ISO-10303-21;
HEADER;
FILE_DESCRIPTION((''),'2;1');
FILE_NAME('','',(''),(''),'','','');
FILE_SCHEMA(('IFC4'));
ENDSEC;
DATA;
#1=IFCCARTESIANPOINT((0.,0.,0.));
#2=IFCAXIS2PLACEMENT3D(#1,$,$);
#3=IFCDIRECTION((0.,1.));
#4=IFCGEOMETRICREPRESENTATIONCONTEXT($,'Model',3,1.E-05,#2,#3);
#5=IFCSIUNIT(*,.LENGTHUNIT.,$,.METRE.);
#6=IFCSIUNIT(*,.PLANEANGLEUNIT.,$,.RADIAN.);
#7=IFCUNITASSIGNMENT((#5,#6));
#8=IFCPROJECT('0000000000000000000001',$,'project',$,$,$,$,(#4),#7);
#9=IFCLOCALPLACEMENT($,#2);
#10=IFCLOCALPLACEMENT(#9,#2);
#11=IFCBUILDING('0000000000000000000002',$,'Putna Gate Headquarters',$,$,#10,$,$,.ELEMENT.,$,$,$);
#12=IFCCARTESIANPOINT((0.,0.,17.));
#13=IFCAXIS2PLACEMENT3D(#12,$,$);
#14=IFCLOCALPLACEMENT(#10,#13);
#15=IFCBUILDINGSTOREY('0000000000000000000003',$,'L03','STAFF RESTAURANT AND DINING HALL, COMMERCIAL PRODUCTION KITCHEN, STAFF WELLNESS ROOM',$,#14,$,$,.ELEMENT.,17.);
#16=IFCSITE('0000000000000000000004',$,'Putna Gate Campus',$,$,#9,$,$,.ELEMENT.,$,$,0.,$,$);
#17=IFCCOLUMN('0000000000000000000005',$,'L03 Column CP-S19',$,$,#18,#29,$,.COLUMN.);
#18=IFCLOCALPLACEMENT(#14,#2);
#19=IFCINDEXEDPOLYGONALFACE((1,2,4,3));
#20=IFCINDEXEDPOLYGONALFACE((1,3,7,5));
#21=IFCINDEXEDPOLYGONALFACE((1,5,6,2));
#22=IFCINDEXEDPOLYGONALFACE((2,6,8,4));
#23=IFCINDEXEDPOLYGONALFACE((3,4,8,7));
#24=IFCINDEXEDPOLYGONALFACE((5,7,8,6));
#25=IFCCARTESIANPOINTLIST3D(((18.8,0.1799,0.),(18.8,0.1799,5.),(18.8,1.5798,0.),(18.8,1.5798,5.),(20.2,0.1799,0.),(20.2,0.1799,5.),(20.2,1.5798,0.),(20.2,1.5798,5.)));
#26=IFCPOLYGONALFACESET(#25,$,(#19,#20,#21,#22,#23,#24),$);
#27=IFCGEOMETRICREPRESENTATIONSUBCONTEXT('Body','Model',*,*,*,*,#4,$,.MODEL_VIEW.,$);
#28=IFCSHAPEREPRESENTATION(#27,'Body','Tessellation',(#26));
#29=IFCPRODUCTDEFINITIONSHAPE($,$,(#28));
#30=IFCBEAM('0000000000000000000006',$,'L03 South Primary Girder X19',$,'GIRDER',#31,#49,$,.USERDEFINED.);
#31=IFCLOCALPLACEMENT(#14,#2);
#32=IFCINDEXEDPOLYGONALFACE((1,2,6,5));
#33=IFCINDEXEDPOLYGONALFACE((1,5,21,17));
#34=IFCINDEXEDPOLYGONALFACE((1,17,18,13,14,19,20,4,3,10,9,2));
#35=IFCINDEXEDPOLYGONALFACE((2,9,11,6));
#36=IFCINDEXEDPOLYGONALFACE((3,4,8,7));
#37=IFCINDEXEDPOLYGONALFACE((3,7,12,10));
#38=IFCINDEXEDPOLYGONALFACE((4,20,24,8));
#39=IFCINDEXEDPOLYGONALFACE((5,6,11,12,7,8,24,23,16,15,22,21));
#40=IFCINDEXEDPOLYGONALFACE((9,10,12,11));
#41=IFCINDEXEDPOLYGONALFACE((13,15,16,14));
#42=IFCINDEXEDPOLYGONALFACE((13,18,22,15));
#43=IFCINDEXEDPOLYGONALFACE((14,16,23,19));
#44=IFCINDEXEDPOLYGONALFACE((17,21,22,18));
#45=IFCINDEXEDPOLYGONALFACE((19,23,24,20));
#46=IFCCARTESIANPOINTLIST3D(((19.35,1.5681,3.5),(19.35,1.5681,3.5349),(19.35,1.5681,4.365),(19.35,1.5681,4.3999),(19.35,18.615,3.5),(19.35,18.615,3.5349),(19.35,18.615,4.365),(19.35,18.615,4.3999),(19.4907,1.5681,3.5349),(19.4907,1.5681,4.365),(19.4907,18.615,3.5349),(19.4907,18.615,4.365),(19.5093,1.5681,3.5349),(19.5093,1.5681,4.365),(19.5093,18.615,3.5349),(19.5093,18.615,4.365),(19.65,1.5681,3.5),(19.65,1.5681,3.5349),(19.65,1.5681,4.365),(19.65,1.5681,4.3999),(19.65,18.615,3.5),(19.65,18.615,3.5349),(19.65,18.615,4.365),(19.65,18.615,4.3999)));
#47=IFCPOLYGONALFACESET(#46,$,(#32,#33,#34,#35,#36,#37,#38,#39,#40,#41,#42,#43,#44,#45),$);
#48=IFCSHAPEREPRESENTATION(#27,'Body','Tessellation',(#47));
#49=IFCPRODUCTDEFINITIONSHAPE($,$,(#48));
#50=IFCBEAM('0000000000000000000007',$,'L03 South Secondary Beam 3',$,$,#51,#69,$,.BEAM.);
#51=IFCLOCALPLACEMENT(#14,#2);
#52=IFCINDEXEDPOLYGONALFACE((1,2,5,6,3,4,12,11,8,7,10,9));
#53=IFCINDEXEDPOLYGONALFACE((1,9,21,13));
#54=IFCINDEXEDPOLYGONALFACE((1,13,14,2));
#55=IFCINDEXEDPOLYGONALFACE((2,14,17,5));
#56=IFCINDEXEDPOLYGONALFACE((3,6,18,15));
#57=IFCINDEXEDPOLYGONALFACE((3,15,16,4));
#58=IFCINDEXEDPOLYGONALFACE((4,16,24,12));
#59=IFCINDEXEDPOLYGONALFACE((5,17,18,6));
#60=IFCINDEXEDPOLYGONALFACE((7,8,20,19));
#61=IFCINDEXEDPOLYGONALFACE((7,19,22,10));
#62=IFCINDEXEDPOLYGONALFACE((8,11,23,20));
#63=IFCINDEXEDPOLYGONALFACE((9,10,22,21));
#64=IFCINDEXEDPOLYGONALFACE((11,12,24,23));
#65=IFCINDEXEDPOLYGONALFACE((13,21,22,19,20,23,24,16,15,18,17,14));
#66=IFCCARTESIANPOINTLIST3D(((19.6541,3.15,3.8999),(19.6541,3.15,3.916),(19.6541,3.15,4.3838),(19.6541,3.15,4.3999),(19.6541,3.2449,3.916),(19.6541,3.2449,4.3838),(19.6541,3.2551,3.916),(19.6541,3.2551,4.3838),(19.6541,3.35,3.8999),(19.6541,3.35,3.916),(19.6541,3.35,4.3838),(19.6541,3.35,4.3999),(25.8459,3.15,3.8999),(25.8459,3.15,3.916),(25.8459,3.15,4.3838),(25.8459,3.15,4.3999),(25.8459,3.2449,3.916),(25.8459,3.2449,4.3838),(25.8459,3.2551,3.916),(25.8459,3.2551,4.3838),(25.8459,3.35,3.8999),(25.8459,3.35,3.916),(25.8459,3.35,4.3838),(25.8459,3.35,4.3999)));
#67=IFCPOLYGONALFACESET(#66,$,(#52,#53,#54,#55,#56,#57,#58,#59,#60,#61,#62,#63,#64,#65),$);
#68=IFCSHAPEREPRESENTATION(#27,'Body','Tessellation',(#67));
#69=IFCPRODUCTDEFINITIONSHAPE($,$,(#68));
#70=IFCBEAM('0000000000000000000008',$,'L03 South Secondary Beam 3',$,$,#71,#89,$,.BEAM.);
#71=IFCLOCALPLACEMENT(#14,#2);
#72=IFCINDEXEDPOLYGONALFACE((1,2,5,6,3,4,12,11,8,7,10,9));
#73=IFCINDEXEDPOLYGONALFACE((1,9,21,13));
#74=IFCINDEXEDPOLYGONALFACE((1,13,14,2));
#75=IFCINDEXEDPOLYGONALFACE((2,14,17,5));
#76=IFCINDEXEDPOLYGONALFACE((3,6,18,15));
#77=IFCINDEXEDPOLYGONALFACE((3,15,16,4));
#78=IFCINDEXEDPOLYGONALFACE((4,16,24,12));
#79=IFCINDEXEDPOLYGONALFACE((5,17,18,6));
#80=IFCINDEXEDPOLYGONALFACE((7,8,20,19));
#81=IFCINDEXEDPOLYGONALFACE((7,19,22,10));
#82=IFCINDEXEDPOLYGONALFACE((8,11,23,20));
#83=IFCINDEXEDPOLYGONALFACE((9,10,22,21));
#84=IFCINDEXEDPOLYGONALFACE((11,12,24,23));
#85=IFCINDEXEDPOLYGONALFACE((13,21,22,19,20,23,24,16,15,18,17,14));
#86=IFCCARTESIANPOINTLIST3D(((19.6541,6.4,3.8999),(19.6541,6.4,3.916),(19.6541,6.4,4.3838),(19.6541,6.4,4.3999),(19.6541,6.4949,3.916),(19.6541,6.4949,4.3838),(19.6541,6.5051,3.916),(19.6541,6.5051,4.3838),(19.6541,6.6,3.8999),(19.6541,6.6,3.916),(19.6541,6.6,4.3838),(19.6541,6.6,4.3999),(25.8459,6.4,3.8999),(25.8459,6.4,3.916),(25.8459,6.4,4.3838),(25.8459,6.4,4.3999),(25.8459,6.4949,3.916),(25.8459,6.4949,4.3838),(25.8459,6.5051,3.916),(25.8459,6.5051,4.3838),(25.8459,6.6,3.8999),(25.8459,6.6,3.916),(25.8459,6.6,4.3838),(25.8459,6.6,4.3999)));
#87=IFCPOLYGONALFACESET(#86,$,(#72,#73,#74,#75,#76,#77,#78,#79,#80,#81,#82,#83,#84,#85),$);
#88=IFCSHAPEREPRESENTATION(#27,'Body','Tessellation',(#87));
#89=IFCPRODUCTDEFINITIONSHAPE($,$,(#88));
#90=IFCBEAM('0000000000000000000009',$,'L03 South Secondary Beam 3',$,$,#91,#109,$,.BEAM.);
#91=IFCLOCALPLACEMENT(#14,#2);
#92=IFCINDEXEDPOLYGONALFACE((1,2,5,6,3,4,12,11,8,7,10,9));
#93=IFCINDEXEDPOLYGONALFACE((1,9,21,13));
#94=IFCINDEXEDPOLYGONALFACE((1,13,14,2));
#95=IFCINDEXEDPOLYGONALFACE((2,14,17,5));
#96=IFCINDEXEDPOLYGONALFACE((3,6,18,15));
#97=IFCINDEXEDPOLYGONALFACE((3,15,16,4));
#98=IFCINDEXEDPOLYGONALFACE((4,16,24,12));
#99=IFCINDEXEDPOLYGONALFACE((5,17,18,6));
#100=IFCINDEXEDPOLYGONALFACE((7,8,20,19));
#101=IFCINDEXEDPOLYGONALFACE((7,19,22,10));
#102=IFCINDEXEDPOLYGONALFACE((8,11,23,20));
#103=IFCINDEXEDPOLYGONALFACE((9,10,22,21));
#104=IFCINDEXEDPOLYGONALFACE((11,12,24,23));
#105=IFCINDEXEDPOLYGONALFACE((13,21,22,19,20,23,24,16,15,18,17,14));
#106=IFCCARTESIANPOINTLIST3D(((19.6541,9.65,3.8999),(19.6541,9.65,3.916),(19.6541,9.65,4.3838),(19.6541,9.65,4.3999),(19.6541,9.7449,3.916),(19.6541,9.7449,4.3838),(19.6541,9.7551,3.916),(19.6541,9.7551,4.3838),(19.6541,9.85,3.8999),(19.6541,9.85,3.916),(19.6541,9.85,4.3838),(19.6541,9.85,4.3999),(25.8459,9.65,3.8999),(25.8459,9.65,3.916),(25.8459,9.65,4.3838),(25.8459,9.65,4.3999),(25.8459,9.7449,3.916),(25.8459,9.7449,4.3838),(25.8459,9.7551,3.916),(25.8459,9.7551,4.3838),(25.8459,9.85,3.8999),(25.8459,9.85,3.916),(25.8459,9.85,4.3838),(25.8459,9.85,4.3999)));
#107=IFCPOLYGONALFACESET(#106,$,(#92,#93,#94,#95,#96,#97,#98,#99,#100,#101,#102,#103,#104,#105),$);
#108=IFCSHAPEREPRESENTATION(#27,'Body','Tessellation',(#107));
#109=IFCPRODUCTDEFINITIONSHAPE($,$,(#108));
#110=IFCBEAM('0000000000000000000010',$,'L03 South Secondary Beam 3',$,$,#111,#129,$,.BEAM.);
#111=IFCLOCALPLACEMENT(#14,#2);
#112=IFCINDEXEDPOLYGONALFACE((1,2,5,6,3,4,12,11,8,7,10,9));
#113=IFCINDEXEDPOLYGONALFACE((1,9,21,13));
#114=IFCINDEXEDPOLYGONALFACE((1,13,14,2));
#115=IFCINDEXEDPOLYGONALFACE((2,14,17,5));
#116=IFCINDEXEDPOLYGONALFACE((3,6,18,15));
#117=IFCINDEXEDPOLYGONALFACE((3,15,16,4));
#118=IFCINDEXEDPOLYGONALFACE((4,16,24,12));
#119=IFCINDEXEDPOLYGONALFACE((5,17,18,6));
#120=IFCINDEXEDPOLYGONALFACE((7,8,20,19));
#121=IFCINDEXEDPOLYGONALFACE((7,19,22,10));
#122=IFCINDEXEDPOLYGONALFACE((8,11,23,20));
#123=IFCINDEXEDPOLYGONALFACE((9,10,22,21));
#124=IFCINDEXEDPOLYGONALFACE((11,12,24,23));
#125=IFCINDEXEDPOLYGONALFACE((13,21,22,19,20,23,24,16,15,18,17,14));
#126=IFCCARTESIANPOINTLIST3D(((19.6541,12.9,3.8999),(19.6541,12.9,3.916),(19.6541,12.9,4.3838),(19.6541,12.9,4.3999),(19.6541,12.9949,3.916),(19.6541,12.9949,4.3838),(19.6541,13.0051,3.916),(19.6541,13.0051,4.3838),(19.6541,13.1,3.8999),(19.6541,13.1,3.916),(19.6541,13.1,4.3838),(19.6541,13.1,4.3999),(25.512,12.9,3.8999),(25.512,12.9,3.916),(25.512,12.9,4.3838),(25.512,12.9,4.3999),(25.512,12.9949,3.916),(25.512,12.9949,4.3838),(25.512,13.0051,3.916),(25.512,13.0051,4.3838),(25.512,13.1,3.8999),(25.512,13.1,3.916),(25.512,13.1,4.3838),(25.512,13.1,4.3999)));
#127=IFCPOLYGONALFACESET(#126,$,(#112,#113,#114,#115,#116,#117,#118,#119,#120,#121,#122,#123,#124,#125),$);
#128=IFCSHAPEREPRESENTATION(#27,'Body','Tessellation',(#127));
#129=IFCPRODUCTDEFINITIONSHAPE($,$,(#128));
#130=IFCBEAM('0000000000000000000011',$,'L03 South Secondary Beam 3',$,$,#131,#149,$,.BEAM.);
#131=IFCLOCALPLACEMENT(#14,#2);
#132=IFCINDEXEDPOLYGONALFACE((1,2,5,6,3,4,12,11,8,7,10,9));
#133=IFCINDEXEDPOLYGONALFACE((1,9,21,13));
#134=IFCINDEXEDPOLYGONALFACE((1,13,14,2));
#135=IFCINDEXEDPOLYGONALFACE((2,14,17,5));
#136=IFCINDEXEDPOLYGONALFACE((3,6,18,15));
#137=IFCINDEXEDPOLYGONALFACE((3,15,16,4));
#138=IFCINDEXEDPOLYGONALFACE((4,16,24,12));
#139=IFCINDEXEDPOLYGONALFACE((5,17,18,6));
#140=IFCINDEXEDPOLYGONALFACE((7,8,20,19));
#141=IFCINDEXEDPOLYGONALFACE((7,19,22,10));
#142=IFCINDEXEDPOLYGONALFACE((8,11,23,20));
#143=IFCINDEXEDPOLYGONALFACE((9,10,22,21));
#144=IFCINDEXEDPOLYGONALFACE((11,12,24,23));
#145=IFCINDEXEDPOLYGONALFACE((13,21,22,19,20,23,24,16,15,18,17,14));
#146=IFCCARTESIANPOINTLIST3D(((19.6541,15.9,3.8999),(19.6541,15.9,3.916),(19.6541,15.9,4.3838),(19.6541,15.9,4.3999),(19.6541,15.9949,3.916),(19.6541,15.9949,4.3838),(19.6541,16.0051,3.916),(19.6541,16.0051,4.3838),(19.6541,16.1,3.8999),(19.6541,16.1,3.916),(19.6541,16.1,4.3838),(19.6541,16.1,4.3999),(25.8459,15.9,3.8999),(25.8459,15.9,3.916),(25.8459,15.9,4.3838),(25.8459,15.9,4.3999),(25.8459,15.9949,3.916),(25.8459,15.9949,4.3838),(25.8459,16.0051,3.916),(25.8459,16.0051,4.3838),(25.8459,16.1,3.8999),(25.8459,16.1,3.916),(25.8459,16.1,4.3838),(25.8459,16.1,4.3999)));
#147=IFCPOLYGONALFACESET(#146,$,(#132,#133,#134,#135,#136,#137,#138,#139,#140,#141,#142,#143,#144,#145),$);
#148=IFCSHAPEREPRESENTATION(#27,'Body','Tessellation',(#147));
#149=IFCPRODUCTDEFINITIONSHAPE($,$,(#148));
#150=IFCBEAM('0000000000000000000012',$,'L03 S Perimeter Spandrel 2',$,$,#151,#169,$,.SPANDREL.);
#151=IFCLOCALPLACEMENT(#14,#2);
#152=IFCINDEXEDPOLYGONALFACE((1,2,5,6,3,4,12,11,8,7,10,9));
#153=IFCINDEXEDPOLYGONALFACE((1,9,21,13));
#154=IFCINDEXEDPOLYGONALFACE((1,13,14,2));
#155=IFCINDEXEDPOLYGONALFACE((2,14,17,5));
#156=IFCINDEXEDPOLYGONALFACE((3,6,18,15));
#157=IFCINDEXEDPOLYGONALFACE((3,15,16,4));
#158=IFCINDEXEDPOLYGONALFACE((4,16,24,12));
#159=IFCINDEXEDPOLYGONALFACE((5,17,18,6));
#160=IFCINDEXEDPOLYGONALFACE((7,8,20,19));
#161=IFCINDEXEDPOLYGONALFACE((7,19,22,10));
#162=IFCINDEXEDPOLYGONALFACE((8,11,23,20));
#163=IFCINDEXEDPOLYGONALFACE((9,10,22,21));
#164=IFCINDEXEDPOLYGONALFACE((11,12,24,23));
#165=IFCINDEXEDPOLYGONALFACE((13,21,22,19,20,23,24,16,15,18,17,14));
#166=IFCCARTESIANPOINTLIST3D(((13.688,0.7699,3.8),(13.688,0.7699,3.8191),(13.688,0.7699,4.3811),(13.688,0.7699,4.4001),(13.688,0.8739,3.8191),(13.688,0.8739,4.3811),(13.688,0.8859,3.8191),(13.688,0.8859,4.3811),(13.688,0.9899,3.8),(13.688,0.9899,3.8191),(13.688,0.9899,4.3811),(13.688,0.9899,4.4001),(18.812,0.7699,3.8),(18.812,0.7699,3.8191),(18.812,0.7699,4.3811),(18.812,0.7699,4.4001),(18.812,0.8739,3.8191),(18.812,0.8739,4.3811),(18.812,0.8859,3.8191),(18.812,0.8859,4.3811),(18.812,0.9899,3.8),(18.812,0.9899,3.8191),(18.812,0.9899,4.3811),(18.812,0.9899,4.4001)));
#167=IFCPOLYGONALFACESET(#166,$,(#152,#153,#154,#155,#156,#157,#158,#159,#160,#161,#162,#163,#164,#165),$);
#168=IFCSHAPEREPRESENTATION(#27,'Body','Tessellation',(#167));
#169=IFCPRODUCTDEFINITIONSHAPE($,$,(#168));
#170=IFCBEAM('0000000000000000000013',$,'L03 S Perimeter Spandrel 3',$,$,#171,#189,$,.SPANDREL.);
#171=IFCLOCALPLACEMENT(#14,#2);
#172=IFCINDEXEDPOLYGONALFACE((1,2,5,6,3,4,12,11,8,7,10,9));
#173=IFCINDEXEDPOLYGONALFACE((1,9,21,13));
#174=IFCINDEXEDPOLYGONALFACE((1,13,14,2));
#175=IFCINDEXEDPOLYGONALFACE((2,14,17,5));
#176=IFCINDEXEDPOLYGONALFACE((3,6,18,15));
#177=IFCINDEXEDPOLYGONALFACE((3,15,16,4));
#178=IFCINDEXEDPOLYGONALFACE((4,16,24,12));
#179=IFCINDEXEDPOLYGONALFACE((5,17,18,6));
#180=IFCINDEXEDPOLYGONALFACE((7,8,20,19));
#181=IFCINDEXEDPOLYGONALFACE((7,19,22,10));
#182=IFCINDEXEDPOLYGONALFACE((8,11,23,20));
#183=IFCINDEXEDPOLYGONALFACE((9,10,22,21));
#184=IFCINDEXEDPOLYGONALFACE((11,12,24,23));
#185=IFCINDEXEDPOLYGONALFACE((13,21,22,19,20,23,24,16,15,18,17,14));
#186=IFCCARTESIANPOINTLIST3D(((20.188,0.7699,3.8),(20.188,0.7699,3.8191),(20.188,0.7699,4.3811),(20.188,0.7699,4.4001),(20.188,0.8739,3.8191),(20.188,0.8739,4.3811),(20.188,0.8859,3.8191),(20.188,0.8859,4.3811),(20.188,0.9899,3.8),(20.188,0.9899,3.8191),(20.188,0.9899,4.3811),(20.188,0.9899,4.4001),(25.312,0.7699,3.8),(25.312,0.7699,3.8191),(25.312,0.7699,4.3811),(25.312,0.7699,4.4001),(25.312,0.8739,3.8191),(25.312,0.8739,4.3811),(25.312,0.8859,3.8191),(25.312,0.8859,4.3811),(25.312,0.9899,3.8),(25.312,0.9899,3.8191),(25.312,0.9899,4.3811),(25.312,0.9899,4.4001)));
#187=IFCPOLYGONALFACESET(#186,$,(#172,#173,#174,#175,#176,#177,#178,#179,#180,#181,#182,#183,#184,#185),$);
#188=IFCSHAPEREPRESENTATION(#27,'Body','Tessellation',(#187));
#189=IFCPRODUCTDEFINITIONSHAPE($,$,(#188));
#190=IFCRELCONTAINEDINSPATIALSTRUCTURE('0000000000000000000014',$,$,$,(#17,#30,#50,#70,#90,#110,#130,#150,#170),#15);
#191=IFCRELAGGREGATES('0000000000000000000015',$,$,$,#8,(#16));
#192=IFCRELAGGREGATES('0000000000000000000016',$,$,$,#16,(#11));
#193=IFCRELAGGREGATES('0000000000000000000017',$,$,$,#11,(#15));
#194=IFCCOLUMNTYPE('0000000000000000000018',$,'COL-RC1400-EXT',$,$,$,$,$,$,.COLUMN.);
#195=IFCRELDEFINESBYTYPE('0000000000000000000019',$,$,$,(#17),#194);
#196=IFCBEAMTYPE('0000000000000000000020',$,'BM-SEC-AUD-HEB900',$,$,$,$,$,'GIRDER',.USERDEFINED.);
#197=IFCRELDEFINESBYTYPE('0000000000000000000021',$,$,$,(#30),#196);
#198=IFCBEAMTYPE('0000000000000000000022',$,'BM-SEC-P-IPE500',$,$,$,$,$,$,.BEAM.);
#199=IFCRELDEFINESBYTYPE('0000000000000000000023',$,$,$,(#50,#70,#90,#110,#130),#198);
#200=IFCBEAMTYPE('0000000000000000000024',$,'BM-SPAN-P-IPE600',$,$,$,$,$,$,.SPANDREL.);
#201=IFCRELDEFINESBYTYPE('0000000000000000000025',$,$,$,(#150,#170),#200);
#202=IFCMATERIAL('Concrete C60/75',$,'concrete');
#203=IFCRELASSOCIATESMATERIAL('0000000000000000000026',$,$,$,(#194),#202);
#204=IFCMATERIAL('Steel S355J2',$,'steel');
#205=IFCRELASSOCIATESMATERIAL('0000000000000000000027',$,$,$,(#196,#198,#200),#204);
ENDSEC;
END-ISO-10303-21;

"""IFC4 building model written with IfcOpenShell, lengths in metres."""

from ifc_helpers import new_model, si_unit, direction, frame, origin, origin_2d, place, context, subcontext, project, spatial, rectangle, i_section, extrude, material, material_profile, profile_set, type_object, element, save


model = new_model("IFC4")

# Units and contexts
model_context = context("Model", 3, precision=1e-05, world=origin(), true_north=direction((0.0, 1.0)))
body_context = subcontext(model_context, "Body", "Model", "MODEL_VIEW")
ifc_project = project(units=[si_unit("LENGTHUNIT", "METRE"), si_unit("PLANEANGLEUNIT", "RADIAN")], contexts=[model_context])

# Site, building, storey
site_placement = place(None, origin())
site = spatial("IfcSite", under=ifc_project, at=site_placement, Name="Putna Gate Campus", CompositionType="ELEMENT", RefElevation=0.0)
building_placement = place(site_placement, origin())
building = spatial("IfcBuilding", under=site, at=building_placement, Name="Putna Gate Headquarters", CompositionType="ELEMENT")
storey_placement = place(building_placement, frame((0.0, 0.0, 17.0)))
storey = spatial("IfcBuildingStorey", under=building, at=storey_placement, Name="L03", Description="STAFF RESTAURANT AND DINING HALL, COMMERCIAL PRODUCTION KITCHEN, STAFF WELLNESS ROOM", CompositionType="ELEMENT", Elevation=17.0)

# Column
ifc_material_1 = material(Name="Concrete C60/75", Category="concrete")
ifc_material_profile_1 = material_profile(ifc_material_1, rectangle(XDim=1.3999, YDim=1.3999, at=origin_2d()), Name="Concrete C60/75")
ifc_profile_set_1 = profile_set([ifc_material_profile_1], Name="Concrete C60/75")
column_type = type_object("IfcColumnType", Name="COL-RC1400-EXT", PredefinedType="COLUMN", material=ifc_profile_set_1)
column_placement = place(storey_placement, frame((19.5, 0.8799, 0.0), z_axis=(0.0, 0.0, 1.0), x_axis=(1.0, 0.0, 0.0)))
element("IfcColumn", 1, at=column_placement, inside=storey, type_object=column_type, Name="L03 Column CP-S19", PredefinedType="COLUMN", context=body_context, shape_type="SweptSolid", body=[
    extrude(rectangle(XDim=1.3999, YDim=1.3999, at=origin_2d()), origin(), (0.0, 0.0, 1.0), 5.0),
])

# Beams
ifc_material_2 = material(Name="Steel S355J2", Category="steel")
ifc_material_profile_2 = material_profile(ifc_material_2, i_section(OverallWidth=0.3, OverallDepth=0.8999, WebThickness=0.0186, FlangeThickness=0.0349, at=origin_2d()), Name="Steel S355J2")
ifc_profile_set_2 = profile_set([ifc_material_profile_2], Name="Steel S355J2")
beam_type_1 = type_object("IfcBeamType", Name="BM-SEC-AUD-HEB900", ElementType="GIRDER", PredefinedType="USERDEFINED", material=ifc_profile_set_2)
beam_1_placement = place(storey_placement, frame((19.5, 1.5681, 3.95), z_axis=(0.0, 1.0, 0.0), x_axis=(-1.0, 0.0, 0.0)))
element("IfcBeam", 2, at=beam_1_placement, inside=storey, type_object=beam_type_1, Name="L03 South Primary Girder X19", ObjectType="GIRDER", PredefinedType="USERDEFINED", context=body_context, shape_type="SweptSolid", body=[
    extrude(i_section(OverallWidth=0.3, OverallDepth=0.8999, WebThickness=0.0186, FlangeThickness=0.0349, at=origin_2d()), origin(), (0.0, 0.0, 1.0), 17.0469),
])
ifc_material_profile_3 = material_profile(ifc_material_2, i_section(OverallWidth=0.2, OverallDepth=0.5, WebThickness=0.0103, FlangeThickness=0.0161, at=origin_2d()), Name="Steel S355J2")
ifc_profile_set_3 = profile_set([ifc_material_profile_3], Name="Steel S355J2")
beam_type_2 = type_object("IfcBeamType", Name="BM-SEC-P-IPE500", PredefinedType="BEAM", material=ifc_profile_set_3)
for number, where, z_axis, x_axis, name in (
    (3, (19.6541, 3.25, 4.1499), (1.0, 0.0, 0.0), (0.0, 1.0, 0.0), "L03 South Secondary Beam 3"),
    (4, (19.6541, 6.5, 4.1499), (1.0, 0.0, 0.0), (0.0, 1.0, 0.0), "L03 South Secondary Beam 3"),
    (5, (19.6541, 9.75, 4.1499), (1.0, 0.0, 0.0), (0.0, 1.0, 0.0), "L03 South Secondary Beam 3"),
):
    element("IfcBeam", number, at=place(storey_placement, frame(where, z_axis=z_axis, x_axis=x_axis)), inside=storey, type_object=beam_type_2, Name=name, PredefinedType="BEAM", context=body_context, shape_type="SweptSolid", body=[
        extrude(i_section(OverallWidth=0.2, OverallDepth=0.5, WebThickness=0.0103, FlangeThickness=0.0161, at=origin_2d()), origin(), (0.0, 0.0, 1.0), 6.1919),
    ])
beam_2_placement = place(storey_placement, frame((19.6541, 13.0, 4.1499), z_axis=(1.0, 0.0, 0.0), x_axis=(0.0, 1.0, 0.0)))
element("IfcBeam", 6, at=beam_2_placement, inside=storey, type_object=beam_type_2, Name="L03 South Secondary Beam 3", PredefinedType="BEAM", context=body_context, shape_type="SweptSolid", body=[
    extrude(i_section(OverallWidth=0.2, OverallDepth=0.5, WebThickness=0.0103, FlangeThickness=0.0161, at=origin_2d()), origin(), (0.0, 0.0, 1.0), 5.8579),
])
beam_3_placement = place(storey_placement, frame((19.6541, 16.0, 4.1499), z_axis=(1.0, 0.0, 0.0), x_axis=(0.0, 1.0, 0.0)))
element("IfcBeam", 7, at=beam_3_placement, inside=storey, type_object=beam_type_2, Name="L03 South Secondary Beam 3", PredefinedType="BEAM", context=body_context, shape_type="SweptSolid", body=[
    extrude(i_section(OverallWidth=0.2, OverallDepth=0.5, WebThickness=0.0103, FlangeThickness=0.0161, at=origin_2d()), origin(), (0.0, 0.0, 1.0), 6.1919),
])
ifc_material_profile_4 = material_profile(ifc_material_2, i_section(OverallWidth=0.22, OverallDepth=0.6001, WebThickness=0.012, FlangeThickness=0.019, at=origin_2d()), Name="Steel S355J2")
ifc_profile_set_4 = profile_set([ifc_material_profile_4], Name="Steel S355J2")
beam_type_3 = type_object("IfcBeamType", Name="BM-SPAN-P-IPE600", PredefinedType="SPANDREL", material=ifc_profile_set_4)
for number, where, z_axis, x_axis, name in (
    (8, (13.688, 0.8799, 4.1001), (1.0, 0.0, 0.0), (0.0, 1.0, 0.0), "L03 S Perimeter Spandrel 2"),
    (9, (20.188, 0.8799, 4.1001), (1.0, 0.0, 0.0), (0.0, 1.0, 0.0), "L03 S Perimeter Spandrel 3"),
):
    element("IfcBeam", number, at=place(storey_placement, frame(where, z_axis=z_axis, x_axis=x_axis)), inside=storey, type_object=beam_type_3, Name=name, PredefinedType="SPANDREL", context=body_context, shape_type="SweptSolid", body=[
        extrude(i_section(OverallWidth=0.22, OverallDepth=0.6001, WebThickness=0.012, FlangeThickness=0.019, at=origin_2d()), origin(), (0.0, 0.0, 1.0), 5.124),
    ])

save(model, "model.ifc")
